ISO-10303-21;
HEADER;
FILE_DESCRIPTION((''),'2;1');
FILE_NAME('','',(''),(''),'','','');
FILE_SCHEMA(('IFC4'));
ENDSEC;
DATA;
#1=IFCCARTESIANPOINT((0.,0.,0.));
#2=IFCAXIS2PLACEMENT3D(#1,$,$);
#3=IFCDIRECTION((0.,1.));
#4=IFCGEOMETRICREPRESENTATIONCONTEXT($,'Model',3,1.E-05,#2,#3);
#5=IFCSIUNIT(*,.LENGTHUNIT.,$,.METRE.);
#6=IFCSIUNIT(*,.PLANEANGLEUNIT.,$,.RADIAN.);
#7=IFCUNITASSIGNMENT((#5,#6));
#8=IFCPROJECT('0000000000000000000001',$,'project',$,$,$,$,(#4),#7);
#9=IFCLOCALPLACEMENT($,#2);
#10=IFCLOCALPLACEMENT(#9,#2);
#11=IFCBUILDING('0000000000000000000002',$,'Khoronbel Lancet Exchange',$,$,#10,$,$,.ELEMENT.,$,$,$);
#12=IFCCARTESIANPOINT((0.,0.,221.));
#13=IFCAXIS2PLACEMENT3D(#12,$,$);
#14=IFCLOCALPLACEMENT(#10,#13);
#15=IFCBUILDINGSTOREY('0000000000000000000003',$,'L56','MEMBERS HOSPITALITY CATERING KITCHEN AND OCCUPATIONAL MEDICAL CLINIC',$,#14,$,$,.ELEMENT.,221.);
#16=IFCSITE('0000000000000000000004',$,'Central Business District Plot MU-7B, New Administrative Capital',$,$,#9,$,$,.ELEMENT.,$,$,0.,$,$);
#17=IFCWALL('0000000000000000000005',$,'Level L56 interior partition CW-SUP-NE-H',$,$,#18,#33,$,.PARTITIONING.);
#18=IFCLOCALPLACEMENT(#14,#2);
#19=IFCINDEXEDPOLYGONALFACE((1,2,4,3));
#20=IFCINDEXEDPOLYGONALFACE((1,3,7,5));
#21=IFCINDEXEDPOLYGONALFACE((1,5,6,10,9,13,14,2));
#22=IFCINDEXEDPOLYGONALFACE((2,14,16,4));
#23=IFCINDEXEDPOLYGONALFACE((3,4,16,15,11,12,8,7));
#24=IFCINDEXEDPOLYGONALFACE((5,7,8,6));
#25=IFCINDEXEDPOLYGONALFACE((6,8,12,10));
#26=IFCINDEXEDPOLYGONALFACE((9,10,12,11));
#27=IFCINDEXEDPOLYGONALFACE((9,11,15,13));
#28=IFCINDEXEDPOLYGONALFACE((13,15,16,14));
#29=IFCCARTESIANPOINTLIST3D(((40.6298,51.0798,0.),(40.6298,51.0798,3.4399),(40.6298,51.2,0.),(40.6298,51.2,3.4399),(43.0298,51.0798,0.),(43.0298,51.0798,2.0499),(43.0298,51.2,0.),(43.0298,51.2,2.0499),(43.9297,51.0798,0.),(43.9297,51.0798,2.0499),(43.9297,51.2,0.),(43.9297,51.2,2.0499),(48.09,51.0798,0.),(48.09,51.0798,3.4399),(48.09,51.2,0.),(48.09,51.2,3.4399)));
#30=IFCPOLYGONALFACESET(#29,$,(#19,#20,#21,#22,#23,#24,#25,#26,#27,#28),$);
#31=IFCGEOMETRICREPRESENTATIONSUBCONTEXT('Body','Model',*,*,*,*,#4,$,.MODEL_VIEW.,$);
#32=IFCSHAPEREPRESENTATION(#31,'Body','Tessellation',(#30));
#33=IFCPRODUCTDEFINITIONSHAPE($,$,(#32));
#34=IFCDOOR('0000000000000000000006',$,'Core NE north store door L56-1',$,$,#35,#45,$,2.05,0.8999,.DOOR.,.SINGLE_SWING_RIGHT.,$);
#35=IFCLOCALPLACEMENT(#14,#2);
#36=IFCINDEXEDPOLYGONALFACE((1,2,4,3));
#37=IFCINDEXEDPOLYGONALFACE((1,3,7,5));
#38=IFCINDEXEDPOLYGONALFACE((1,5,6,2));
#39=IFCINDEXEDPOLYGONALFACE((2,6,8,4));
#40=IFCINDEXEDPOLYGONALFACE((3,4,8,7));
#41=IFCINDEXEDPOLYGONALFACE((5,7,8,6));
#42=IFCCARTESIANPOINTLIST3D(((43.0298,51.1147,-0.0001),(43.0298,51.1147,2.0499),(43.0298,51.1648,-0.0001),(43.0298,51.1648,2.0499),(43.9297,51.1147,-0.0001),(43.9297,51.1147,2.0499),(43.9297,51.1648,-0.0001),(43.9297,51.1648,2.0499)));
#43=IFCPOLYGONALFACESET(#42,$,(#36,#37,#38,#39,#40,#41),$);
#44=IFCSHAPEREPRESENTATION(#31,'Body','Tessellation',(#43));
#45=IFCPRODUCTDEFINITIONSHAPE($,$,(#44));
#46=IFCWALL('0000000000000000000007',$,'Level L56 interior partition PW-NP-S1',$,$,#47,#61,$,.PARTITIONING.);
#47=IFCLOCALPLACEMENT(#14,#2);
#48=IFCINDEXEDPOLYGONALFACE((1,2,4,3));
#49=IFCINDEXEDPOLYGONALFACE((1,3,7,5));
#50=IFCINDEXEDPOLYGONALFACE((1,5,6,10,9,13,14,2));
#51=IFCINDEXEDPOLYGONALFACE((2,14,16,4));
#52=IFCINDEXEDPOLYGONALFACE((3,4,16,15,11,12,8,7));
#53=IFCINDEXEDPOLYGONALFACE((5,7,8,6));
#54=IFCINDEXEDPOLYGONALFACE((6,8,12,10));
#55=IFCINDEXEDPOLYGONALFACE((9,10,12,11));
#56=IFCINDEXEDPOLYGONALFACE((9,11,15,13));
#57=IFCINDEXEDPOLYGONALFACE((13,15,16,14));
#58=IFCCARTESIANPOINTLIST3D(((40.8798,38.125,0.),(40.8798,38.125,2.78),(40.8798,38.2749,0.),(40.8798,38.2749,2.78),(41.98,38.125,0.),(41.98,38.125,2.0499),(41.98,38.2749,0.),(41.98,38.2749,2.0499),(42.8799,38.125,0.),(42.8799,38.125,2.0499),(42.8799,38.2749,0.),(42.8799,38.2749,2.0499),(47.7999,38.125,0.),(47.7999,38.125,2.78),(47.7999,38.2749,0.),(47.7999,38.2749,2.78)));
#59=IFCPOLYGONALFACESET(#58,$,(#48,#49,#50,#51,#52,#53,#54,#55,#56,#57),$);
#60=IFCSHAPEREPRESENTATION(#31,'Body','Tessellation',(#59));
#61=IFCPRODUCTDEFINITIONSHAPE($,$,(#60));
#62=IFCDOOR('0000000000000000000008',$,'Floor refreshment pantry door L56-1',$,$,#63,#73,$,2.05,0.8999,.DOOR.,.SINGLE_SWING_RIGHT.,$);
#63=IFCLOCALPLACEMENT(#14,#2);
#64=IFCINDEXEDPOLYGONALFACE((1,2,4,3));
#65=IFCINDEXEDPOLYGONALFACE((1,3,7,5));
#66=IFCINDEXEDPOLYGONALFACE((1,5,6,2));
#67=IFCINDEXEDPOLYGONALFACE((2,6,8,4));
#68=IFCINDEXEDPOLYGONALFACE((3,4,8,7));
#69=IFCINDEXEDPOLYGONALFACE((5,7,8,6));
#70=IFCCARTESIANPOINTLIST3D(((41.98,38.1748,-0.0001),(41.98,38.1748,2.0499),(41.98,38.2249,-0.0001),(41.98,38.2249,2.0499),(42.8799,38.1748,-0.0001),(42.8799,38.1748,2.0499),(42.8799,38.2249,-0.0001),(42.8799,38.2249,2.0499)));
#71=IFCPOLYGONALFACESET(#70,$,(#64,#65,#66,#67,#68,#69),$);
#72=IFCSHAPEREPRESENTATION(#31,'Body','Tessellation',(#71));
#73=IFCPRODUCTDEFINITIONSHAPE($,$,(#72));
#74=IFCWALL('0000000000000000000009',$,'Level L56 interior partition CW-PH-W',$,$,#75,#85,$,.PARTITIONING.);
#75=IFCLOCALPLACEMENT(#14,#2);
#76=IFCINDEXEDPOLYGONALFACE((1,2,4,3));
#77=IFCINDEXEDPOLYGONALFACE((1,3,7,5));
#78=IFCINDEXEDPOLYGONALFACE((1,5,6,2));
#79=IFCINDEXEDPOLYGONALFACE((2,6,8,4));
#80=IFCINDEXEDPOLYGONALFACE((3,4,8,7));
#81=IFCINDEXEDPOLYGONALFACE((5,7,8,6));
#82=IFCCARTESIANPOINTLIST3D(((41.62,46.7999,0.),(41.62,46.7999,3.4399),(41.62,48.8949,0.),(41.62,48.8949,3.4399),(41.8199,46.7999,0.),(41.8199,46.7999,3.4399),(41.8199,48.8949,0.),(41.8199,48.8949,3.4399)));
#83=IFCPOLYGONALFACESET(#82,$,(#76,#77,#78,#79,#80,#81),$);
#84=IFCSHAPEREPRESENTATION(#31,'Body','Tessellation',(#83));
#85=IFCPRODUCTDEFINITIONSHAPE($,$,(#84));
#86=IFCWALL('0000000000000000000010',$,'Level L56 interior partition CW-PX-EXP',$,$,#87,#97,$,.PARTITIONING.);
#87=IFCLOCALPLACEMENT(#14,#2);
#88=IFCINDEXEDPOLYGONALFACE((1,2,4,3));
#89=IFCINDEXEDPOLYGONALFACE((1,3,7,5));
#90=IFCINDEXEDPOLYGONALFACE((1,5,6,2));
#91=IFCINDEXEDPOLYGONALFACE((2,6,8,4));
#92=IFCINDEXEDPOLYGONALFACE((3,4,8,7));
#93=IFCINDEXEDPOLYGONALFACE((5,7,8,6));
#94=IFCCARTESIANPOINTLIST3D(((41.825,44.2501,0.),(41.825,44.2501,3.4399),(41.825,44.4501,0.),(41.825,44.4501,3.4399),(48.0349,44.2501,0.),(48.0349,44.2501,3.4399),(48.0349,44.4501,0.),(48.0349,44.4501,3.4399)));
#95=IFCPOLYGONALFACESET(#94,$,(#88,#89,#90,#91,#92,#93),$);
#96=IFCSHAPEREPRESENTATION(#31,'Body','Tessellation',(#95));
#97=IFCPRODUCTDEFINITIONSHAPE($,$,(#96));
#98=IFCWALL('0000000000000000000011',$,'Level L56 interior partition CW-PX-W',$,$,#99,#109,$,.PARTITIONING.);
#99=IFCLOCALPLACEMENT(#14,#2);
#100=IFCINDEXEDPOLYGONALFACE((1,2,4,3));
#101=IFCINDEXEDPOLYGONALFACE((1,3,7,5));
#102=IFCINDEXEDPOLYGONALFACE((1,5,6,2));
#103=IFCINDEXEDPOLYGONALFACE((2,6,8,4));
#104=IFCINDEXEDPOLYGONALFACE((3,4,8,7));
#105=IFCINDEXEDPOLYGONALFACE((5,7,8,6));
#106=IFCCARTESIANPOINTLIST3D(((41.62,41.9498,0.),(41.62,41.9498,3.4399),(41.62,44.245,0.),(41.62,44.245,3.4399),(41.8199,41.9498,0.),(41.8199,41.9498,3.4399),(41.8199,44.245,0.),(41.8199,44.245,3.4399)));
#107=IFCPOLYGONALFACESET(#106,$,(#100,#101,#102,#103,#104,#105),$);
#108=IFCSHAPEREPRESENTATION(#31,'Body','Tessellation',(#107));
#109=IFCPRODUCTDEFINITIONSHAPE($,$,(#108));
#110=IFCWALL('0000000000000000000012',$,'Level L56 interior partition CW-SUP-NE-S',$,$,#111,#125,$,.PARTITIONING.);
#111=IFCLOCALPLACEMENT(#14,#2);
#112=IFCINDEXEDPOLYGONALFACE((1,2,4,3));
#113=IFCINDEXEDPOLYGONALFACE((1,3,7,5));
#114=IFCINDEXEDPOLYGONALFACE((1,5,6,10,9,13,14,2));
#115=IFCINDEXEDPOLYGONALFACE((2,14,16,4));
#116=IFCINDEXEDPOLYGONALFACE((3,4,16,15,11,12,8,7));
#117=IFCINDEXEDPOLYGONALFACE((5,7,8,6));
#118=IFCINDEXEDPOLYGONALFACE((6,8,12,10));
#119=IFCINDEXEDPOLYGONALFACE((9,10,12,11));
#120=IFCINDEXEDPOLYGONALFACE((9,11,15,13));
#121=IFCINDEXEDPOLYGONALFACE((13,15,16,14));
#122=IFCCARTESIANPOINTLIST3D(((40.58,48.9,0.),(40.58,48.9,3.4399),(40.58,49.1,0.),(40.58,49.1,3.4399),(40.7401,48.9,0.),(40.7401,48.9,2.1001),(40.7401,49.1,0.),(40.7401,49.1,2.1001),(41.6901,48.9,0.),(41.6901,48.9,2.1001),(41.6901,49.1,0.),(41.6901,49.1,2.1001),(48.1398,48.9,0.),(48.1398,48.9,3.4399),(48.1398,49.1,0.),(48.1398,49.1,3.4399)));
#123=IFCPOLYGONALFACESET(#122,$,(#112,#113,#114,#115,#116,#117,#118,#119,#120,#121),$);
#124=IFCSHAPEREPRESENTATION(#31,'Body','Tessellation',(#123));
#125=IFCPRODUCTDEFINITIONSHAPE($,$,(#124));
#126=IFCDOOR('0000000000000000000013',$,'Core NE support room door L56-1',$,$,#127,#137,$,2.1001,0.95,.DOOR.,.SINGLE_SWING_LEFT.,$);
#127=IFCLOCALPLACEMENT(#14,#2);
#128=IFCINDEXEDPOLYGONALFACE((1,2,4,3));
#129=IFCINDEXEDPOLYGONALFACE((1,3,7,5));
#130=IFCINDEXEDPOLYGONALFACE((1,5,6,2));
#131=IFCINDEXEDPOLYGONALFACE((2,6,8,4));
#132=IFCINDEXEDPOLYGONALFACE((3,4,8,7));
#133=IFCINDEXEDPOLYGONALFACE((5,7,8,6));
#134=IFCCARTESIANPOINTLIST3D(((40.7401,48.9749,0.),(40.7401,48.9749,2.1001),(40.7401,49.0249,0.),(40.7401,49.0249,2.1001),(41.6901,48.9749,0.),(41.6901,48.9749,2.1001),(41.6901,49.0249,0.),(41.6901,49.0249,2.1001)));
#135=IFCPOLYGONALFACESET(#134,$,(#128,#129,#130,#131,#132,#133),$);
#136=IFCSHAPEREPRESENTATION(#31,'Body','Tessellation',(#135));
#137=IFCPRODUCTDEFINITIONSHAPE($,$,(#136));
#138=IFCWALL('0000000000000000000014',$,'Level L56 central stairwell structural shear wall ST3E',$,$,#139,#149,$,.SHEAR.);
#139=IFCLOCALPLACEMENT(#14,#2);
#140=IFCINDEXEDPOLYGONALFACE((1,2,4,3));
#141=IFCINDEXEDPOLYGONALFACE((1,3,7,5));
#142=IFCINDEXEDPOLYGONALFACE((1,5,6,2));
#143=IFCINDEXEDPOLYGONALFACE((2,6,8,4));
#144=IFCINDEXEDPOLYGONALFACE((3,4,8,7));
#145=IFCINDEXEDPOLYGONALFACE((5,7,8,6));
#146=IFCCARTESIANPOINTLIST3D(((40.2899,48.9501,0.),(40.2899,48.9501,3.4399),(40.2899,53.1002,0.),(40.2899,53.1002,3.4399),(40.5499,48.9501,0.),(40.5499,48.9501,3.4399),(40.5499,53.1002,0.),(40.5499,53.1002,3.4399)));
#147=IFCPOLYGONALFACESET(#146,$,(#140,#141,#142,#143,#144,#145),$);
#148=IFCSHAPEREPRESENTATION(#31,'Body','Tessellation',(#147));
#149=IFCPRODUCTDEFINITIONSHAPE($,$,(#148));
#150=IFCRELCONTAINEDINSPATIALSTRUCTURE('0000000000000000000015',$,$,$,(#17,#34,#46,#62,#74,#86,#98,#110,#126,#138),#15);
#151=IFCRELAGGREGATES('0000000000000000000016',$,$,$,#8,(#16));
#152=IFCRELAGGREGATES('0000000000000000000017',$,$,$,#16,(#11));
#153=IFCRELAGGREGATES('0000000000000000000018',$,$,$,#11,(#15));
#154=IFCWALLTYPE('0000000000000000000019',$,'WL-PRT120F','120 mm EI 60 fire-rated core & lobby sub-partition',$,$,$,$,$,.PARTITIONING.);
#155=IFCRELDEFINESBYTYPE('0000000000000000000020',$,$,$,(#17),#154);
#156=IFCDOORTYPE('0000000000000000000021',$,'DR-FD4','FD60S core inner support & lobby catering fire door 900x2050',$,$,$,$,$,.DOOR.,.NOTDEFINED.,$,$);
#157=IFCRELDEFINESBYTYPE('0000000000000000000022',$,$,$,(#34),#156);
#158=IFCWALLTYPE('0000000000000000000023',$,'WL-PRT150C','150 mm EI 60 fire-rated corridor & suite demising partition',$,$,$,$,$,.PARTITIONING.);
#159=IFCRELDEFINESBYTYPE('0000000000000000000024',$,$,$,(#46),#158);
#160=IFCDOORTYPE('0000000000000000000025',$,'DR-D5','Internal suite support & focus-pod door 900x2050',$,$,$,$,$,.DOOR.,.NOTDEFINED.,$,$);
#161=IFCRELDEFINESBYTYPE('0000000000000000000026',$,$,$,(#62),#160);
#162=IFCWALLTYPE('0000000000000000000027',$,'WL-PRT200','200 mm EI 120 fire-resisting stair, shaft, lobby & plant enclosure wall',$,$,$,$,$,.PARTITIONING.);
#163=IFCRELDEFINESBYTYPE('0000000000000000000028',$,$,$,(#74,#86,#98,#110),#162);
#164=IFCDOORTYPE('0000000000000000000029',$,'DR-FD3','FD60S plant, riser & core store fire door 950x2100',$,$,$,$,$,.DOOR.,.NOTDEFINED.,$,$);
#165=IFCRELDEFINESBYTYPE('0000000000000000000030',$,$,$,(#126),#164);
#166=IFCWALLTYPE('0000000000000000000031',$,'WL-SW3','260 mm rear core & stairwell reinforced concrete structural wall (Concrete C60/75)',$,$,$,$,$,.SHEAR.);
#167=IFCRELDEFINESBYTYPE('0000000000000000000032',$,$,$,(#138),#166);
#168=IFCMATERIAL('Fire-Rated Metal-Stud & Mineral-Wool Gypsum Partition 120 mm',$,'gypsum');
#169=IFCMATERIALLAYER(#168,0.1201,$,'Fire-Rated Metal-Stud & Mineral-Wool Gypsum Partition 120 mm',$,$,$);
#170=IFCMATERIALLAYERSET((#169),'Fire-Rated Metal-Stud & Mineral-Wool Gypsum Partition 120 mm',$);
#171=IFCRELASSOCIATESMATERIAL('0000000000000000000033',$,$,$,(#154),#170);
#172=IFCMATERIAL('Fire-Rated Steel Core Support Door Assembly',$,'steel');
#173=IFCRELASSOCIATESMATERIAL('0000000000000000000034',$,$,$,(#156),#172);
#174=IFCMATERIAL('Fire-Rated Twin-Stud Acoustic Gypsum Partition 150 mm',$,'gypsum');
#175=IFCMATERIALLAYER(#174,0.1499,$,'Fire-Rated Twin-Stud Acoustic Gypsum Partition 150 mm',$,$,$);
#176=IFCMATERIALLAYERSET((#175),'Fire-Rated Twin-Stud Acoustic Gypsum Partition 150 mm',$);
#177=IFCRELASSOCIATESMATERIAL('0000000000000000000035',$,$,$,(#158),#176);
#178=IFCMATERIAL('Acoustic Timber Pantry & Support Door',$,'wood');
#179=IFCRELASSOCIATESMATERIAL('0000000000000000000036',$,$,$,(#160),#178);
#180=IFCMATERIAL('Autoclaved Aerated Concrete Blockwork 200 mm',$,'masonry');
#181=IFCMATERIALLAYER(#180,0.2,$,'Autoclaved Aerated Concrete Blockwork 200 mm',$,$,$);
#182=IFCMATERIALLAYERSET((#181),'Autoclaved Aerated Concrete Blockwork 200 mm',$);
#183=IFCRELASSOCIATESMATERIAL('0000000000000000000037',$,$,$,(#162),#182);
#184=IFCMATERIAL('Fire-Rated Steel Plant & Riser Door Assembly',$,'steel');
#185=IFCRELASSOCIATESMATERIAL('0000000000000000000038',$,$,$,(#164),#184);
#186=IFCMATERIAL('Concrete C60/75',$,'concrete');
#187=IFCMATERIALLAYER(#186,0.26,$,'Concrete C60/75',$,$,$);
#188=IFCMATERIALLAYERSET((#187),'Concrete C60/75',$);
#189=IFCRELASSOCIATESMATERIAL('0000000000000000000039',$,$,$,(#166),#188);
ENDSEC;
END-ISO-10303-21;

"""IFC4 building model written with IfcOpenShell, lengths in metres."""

from ifc_helpers import new_model, si_unit, direction, frame, frame_2d, origin, place, context, subcontext, project, spatial, rectangle, extrude, material, layer, layer_set, type_object, element, fill, save


model = new_model("IFC4")

# Units and contexts
model_context = context("Model", 3, precision=1e-05, world=origin(), true_north=direction((0.0, 1.0)))
body_context = subcontext(model_context, "Body", "Model", "MODEL_VIEW")
ifc_project = project(units=[si_unit("LENGTHUNIT", "METRE"), si_unit("PLANEANGLEUNIT", "RADIAN")], contexts=[model_context])

# Site, building, storey
site_placement = place(None, origin())
site = spatial("IfcSite", under=ifc_project, at=site_placement, Name="Central Business District Plot MU-7B, New Administrative Capital", CompositionType="ELEMENT", RefElevation=0.0)
building_placement = place(site_placement, origin())
building = spatial("IfcBuilding", under=site, at=building_placement, Name="Khoronbel Lancet Exchange", CompositionType="ELEMENT")
storey_placement = place(building_placement, frame((0.0, 0.0, 221.0)))
storey = spatial("IfcBuildingStorey", under=building, at=storey_placement, Name="L56", Description="MEMBERS HOSPITALITY CATERING KITCHEN AND OCCUPATIONAL MEDICAL CLINIC", CompositionType="ELEMENT", Elevation=221.0)

# Shared definitions
ifc_material_1 = material(Name="Concrete C60/75", Category="concrete")

# Shared definitions
ifc_material_2 = material(Name="Fire-Rated Metal-Stud & Mineral-Wool Gypsum Partition 120 mm", Category="gypsum")
ifc_layer_1 = layer(ifc_material_2, 0.1201, Name="Fire-Rated Metal-Stud & Mineral-Wool Gypsum Partition 120 mm")
ifc_layer_set_1 = layer_set([ifc_layer_1], Name="Fire-Rated Metal-Stud & Mineral-Wool Gypsum Partition 120 mm")
wall_type_1 = type_object("IfcWallType", Name="WL-PRT120F", Description="120 mm EI 60 fire-rated core & lobby sub-partition", PredefinedType="PARTITIONING", material=ifc_layer_set_1)

# Walls, openings, doors
wall_1_placement = place(storey_placement, frame((40.6299, 51.1399, 0.0), z_axis=(0.0, 0.0, 1.0), x_axis=(1.0, 0.0, 0.0)))
wall_1 = element("IfcWall", 1, at=wall_1_placement, inside=storey, type_object=wall_type_1, Name="Level L56 interior partition CW-SUP-NE-H", PredefinedType="PARTITIONING", context=body_context, shape_type="SweptSolid", body=[
    extrude(rectangle(XDim=7.4602, YDim=0.1201, at=frame_2d((3.73, 0.0))), origin(), (0.0, 0.0, 1.0), 3.4399),
])
opening_1_placement = place(wall_1_placement, frame((2.3999, 0.0, 0.0)))
opening_1 = element("IfcOpeningElement", 2, at=opening_1_placement, cuts=wall_1, PredefinedType="OPENING", context=body_context, shape_type="SweptSolid", body=[
    extrude(rectangle(XDim=0.8999, YDim=2.05, at=frame_2d((0.45, 1.0249))), frame((0.0, 0.0701, 0.0), z_axis=(0.0, -1.0, 0.0), x_axis=(1.0, 0.0, 0.0)), (0.0, 0.0, 1.0), 0.1401),
])
ifc_material_3 = material(Name="Fire-Rated Steel Core Support Door Assembly", Category="steel")
door_type_1 = type_object("IfcDoorType", Name="DR-FD4", Description="FD60S core inner support & lobby catering fire door 900x2050", OperationType="NOTDEFINED", PredefinedType="DOOR", material=ifc_material_3)
door_1_placement = place(opening_1_placement, origin())
door_1 = element("IfcDoor", 3, at=door_1_placement, inside=storey, type_object=door_type_1, Name="Core NE north store door L56-1", OperationType="SINGLE_SWING_RIGHT", OverallHeight=2.05, OverallWidth=0.8999, PredefinedType="DOOR", context=body_context, shape_type="SweptSolid", body=[
    extrude(rectangle(XDim=0.8999, YDim=2.05, at=frame_2d((0.45, 1.0249))), frame((0.0, 0.0249, 0.0), z_axis=(0.0, -1.0, 0.0), x_axis=(1.0, 0.0, 0.0)), (0.0, 0.0, 1.0), 0.05),
])
fill(opening_1, door_1)
ifc_material_4 = material(Name="Fire-Rated Twin-Stud Acoustic Gypsum Partition 150 mm", Category="gypsum")
ifc_layer_2 = layer(ifc_material_4, 0.1499, Name="Fire-Rated Twin-Stud Acoustic Gypsum Partition 150 mm")
ifc_layer_set_2 = layer_set([ifc_layer_2], Name="Fire-Rated Twin-Stud Acoustic Gypsum Partition 150 mm")
wall_type_2 = type_object("IfcWallType", Name="WL-PRT150C", Description="150 mm EI 60 fire-rated corridor & suite demising partition", PredefinedType="PARTITIONING", material=ifc_layer_set_2)
wall_2_placement = place(storey_placement, frame((40.8799, 38.2, 0.0), z_axis=(0.0, 0.0, 1.0), x_axis=(1.0, 0.0, 0.0)))
wall_2 = element("IfcWall", 4, at=wall_2_placement, inside=storey, type_object=wall_type_2, Name="Level L56 interior partition PW-NP-S1", PredefinedType="PARTITIONING", context=body_context, shape_type="SweptSolid", body=[
    extrude(rectangle(XDim=6.9202, YDim=0.1499, at=frame_2d((3.46, 0.0))), origin(), (0.0, 0.0, 1.0), 2.78),
])
opening_2_placement = place(wall_2_placement, frame((1.1001, 0.0, 0.0)))
opening_2 = element("IfcOpeningElement", 5, at=opening_2_placement, cuts=wall_2, PredefinedType="OPENING", context=body_context, shape_type="SweptSolid", body=[
    extrude(rectangle(XDim=0.8999, YDim=2.05, at=frame_2d((0.45, 1.0249))), frame((0.0, 0.085, 0.0), z_axis=(0.0, -1.0, 0.0), x_axis=(1.0, 0.0, 0.0)), (0.0, 0.0, 1.0), 0.1699),
])
ifc_material_5 = material(Name="Acoustic Timber Pantry & Support Door", Category="wood")
door_type_2 = type_object("IfcDoorType", Name="DR-D5", Description="Internal suite support & focus-pod door 900x2050", OperationType="NOTDEFINED", PredefinedType="DOOR", material=ifc_material_5)
door_2_placement = place(opening_2_placement, origin())
door_2 = element("IfcDoor", 6, at=door_2_placement, inside=storey, type_object=door_type_2, Name="Floor refreshment pantry door L56-1", OperationType="SINGLE_SWING_RIGHT", OverallHeight=2.05, OverallWidth=0.8999, PredefinedType="DOOR", context=body_context, shape_type="SweptSolid", body=[
    extrude(rectangle(XDim=0.8999, YDim=2.05, at=frame_2d((0.45, 1.0249))), frame((0.0, 0.0249, 0.0), z_axis=(0.0, -1.0, 0.0), x_axis=(1.0, 0.0, 0.0)), (0.0, 0.0, 1.0), 0.05),
])
fill(opening_2, door_2)

# Walls
ifc_material_6 = material(Name="Autoclaved Aerated Concrete Blockwork 200 mm", Category="masonry")
ifc_layer_3 = layer(ifc_material_6, 0.2, Name="Autoclaved Aerated Concrete Blockwork 200 mm")
ifc_layer_set_3 = layer_set([ifc_layer_3], Name="Autoclaved Aerated Concrete Blockwork 200 mm")
wall_type_3 = type_object("IfcWallType", Name="WL-PRT200", Description="200 mm EI 120 fire-resisting stair, shaft, lobby & plant enclosure wall", PredefinedType="PARTITIONING", material=ifc_layer_set_3)
wall_3_placement = place(storey_placement, frame((41.72, 46.8, 0.0), z_axis=(0.0, 0.0, 1.0), x_axis=(0.0, 1.0, 0.0)))
element("IfcWall", 7, at=wall_3_placement, inside=storey, type_object=wall_type_3, Name="Level L56 interior partition CW-PH-W", PredefinedType="PARTITIONING", context=body_context, shape_type="SweptSolid", body=[
    extrude(rectangle(XDim=2.095, YDim=0.2, at=frame_2d((1.0474, 0.0))), origin(), (0.0, 0.0, 1.0), 3.4399),
])
wall_4_placement = place(storey_placement, frame((41.825, 44.3501, 0.0), z_axis=(0.0, 0.0, 1.0), x_axis=(1.0, 0.0, 0.0)))
element("IfcWall", 8, at=wall_4_placement, inside=storey, type_object=wall_type_3, Name="Level L56 interior partition CW-PX-EXP", PredefinedType="PARTITIONING", context=body_context, shape_type="SweptSolid", body=[
    extrude(rectangle(XDim=6.21, YDim=0.2, at=frame_2d((3.105, 0.0))), origin(), (0.0, 0.0, 1.0), 3.4399),
])
wall_5_placement = place(storey_placement, frame((41.72, 41.95, 0.0), z_axis=(0.0, 0.0, 1.0), x_axis=(0.0, 1.0, 0.0)))
element("IfcWall", 9, at=wall_5_placement, inside=storey, type_object=wall_type_3, Name="Level L56 interior partition CW-PX-W", PredefinedType="PARTITIONING", context=body_context, shape_type="SweptSolid", body=[
    extrude(rectangle(XDim=2.2952, YDim=0.2, at=frame_2d((1.1475, 0.0))), origin(), (0.0, 0.0, 1.0), 3.4399),
])

# Wall, opening, door
wall_6_placement = place(storey_placement, frame((40.5801, 49.0, 0.0), z_axis=(0.0, 0.0, 1.0), x_axis=(1.0, 0.0, 0.0)))
wall_6 = element("IfcWall", 10, at=wall_6_placement, inside=storey, type_object=wall_type_3, Name="Level L56 interior partition CW-SUP-NE-S", PredefinedType="PARTITIONING", context=body_context, shape_type="SweptSolid", body=[
    extrude(rectangle(XDim=7.5598, YDim=0.2, at=frame_2d((3.7798, 0.0))), origin(), (0.0, 0.0, 1.0), 3.4399),
])
opening_3_placement = place(wall_6_placement, frame((0.1599, 0.0, 0.0)))
opening_3 = element("IfcOpeningElement", 11, at=opening_3_placement, cuts=wall_6, PredefinedType="OPENING", context=body_context, shape_type="SweptSolid", body=[
    extrude(rectangle(XDim=0.95, YDim=2.1001, at=frame_2d((0.4751, 1.05))), frame((0.0, 0.1099, 0.0), z_axis=(0.0, -1.0, 0.0), x_axis=(1.0, 0.0, 0.0)), (0.0, 0.0, 1.0), 0.22),
])
ifc_material_7 = material(Name="Fire-Rated Steel Plant & Riser Door Assembly", Category="steel")
door_type_3 = type_object("IfcDoorType", Name="DR-FD3", Description="FD60S plant, riser & core store fire door 950x2100", OperationType="NOTDEFINED", PredefinedType="DOOR", material=ifc_material_7)
door_3_placement = place(opening_3_placement, origin())
door_3 = element("IfcDoor", 12, at=door_3_placement, inside=storey, type_object=door_type_3, Name="Core NE support room door L56-1", OperationType="SINGLE_SWING_LEFT", OverallHeight=2.1001, OverallWidth=0.95, PredefinedType="DOOR", context=body_context, shape_type="SweptSolid", body=[
    extrude(rectangle(XDim=0.95, YDim=2.1001, at=frame_2d((0.4751, 1.05))), frame((0.0, 0.0249, 0.0), z_axis=(0.0, -1.0, 0.0), x_axis=(1.0, 0.0, 0.0)), (0.0, 0.0, 1.0), 0.05),
])
fill(opening_3, door_3)

# Wall
ifc_layer_4 = layer(ifc_material_1, 0.26, Name="Concrete C60/75")
ifc_layer_set_4 = layer_set([ifc_layer_4], Name="Concrete C60/75")
wall_type_4 = type_object("IfcWallType", Name="WL-SW3", Description="260 mm rear core & stairwell reinforced concrete structural wall (Concrete C60/75)", PredefinedType="SHEAR", material=ifc_layer_set_4)
wall_7_placement = place(storey_placement, frame((40.4199, 48.95, 0.0), z_axis=(0.0, 0.0, 1.0), x_axis=(0.0, 1.0, 0.0)))
element("IfcWall", 13, at=wall_7_placement, inside=storey, type_object=wall_type_4, Name="Level L56 central stairwell structural shear wall ST3E", PredefinedType="SHEAR", context=body_context, shape_type="SweptSolid", body=[
    extrude(rectangle(XDim=4.1501, YDim=0.26, at=frame_2d((2.0752, 0.0))), origin(), (0.0, 0.0, 1.0), 3.4399),
])

save(model, "model.ifc")
